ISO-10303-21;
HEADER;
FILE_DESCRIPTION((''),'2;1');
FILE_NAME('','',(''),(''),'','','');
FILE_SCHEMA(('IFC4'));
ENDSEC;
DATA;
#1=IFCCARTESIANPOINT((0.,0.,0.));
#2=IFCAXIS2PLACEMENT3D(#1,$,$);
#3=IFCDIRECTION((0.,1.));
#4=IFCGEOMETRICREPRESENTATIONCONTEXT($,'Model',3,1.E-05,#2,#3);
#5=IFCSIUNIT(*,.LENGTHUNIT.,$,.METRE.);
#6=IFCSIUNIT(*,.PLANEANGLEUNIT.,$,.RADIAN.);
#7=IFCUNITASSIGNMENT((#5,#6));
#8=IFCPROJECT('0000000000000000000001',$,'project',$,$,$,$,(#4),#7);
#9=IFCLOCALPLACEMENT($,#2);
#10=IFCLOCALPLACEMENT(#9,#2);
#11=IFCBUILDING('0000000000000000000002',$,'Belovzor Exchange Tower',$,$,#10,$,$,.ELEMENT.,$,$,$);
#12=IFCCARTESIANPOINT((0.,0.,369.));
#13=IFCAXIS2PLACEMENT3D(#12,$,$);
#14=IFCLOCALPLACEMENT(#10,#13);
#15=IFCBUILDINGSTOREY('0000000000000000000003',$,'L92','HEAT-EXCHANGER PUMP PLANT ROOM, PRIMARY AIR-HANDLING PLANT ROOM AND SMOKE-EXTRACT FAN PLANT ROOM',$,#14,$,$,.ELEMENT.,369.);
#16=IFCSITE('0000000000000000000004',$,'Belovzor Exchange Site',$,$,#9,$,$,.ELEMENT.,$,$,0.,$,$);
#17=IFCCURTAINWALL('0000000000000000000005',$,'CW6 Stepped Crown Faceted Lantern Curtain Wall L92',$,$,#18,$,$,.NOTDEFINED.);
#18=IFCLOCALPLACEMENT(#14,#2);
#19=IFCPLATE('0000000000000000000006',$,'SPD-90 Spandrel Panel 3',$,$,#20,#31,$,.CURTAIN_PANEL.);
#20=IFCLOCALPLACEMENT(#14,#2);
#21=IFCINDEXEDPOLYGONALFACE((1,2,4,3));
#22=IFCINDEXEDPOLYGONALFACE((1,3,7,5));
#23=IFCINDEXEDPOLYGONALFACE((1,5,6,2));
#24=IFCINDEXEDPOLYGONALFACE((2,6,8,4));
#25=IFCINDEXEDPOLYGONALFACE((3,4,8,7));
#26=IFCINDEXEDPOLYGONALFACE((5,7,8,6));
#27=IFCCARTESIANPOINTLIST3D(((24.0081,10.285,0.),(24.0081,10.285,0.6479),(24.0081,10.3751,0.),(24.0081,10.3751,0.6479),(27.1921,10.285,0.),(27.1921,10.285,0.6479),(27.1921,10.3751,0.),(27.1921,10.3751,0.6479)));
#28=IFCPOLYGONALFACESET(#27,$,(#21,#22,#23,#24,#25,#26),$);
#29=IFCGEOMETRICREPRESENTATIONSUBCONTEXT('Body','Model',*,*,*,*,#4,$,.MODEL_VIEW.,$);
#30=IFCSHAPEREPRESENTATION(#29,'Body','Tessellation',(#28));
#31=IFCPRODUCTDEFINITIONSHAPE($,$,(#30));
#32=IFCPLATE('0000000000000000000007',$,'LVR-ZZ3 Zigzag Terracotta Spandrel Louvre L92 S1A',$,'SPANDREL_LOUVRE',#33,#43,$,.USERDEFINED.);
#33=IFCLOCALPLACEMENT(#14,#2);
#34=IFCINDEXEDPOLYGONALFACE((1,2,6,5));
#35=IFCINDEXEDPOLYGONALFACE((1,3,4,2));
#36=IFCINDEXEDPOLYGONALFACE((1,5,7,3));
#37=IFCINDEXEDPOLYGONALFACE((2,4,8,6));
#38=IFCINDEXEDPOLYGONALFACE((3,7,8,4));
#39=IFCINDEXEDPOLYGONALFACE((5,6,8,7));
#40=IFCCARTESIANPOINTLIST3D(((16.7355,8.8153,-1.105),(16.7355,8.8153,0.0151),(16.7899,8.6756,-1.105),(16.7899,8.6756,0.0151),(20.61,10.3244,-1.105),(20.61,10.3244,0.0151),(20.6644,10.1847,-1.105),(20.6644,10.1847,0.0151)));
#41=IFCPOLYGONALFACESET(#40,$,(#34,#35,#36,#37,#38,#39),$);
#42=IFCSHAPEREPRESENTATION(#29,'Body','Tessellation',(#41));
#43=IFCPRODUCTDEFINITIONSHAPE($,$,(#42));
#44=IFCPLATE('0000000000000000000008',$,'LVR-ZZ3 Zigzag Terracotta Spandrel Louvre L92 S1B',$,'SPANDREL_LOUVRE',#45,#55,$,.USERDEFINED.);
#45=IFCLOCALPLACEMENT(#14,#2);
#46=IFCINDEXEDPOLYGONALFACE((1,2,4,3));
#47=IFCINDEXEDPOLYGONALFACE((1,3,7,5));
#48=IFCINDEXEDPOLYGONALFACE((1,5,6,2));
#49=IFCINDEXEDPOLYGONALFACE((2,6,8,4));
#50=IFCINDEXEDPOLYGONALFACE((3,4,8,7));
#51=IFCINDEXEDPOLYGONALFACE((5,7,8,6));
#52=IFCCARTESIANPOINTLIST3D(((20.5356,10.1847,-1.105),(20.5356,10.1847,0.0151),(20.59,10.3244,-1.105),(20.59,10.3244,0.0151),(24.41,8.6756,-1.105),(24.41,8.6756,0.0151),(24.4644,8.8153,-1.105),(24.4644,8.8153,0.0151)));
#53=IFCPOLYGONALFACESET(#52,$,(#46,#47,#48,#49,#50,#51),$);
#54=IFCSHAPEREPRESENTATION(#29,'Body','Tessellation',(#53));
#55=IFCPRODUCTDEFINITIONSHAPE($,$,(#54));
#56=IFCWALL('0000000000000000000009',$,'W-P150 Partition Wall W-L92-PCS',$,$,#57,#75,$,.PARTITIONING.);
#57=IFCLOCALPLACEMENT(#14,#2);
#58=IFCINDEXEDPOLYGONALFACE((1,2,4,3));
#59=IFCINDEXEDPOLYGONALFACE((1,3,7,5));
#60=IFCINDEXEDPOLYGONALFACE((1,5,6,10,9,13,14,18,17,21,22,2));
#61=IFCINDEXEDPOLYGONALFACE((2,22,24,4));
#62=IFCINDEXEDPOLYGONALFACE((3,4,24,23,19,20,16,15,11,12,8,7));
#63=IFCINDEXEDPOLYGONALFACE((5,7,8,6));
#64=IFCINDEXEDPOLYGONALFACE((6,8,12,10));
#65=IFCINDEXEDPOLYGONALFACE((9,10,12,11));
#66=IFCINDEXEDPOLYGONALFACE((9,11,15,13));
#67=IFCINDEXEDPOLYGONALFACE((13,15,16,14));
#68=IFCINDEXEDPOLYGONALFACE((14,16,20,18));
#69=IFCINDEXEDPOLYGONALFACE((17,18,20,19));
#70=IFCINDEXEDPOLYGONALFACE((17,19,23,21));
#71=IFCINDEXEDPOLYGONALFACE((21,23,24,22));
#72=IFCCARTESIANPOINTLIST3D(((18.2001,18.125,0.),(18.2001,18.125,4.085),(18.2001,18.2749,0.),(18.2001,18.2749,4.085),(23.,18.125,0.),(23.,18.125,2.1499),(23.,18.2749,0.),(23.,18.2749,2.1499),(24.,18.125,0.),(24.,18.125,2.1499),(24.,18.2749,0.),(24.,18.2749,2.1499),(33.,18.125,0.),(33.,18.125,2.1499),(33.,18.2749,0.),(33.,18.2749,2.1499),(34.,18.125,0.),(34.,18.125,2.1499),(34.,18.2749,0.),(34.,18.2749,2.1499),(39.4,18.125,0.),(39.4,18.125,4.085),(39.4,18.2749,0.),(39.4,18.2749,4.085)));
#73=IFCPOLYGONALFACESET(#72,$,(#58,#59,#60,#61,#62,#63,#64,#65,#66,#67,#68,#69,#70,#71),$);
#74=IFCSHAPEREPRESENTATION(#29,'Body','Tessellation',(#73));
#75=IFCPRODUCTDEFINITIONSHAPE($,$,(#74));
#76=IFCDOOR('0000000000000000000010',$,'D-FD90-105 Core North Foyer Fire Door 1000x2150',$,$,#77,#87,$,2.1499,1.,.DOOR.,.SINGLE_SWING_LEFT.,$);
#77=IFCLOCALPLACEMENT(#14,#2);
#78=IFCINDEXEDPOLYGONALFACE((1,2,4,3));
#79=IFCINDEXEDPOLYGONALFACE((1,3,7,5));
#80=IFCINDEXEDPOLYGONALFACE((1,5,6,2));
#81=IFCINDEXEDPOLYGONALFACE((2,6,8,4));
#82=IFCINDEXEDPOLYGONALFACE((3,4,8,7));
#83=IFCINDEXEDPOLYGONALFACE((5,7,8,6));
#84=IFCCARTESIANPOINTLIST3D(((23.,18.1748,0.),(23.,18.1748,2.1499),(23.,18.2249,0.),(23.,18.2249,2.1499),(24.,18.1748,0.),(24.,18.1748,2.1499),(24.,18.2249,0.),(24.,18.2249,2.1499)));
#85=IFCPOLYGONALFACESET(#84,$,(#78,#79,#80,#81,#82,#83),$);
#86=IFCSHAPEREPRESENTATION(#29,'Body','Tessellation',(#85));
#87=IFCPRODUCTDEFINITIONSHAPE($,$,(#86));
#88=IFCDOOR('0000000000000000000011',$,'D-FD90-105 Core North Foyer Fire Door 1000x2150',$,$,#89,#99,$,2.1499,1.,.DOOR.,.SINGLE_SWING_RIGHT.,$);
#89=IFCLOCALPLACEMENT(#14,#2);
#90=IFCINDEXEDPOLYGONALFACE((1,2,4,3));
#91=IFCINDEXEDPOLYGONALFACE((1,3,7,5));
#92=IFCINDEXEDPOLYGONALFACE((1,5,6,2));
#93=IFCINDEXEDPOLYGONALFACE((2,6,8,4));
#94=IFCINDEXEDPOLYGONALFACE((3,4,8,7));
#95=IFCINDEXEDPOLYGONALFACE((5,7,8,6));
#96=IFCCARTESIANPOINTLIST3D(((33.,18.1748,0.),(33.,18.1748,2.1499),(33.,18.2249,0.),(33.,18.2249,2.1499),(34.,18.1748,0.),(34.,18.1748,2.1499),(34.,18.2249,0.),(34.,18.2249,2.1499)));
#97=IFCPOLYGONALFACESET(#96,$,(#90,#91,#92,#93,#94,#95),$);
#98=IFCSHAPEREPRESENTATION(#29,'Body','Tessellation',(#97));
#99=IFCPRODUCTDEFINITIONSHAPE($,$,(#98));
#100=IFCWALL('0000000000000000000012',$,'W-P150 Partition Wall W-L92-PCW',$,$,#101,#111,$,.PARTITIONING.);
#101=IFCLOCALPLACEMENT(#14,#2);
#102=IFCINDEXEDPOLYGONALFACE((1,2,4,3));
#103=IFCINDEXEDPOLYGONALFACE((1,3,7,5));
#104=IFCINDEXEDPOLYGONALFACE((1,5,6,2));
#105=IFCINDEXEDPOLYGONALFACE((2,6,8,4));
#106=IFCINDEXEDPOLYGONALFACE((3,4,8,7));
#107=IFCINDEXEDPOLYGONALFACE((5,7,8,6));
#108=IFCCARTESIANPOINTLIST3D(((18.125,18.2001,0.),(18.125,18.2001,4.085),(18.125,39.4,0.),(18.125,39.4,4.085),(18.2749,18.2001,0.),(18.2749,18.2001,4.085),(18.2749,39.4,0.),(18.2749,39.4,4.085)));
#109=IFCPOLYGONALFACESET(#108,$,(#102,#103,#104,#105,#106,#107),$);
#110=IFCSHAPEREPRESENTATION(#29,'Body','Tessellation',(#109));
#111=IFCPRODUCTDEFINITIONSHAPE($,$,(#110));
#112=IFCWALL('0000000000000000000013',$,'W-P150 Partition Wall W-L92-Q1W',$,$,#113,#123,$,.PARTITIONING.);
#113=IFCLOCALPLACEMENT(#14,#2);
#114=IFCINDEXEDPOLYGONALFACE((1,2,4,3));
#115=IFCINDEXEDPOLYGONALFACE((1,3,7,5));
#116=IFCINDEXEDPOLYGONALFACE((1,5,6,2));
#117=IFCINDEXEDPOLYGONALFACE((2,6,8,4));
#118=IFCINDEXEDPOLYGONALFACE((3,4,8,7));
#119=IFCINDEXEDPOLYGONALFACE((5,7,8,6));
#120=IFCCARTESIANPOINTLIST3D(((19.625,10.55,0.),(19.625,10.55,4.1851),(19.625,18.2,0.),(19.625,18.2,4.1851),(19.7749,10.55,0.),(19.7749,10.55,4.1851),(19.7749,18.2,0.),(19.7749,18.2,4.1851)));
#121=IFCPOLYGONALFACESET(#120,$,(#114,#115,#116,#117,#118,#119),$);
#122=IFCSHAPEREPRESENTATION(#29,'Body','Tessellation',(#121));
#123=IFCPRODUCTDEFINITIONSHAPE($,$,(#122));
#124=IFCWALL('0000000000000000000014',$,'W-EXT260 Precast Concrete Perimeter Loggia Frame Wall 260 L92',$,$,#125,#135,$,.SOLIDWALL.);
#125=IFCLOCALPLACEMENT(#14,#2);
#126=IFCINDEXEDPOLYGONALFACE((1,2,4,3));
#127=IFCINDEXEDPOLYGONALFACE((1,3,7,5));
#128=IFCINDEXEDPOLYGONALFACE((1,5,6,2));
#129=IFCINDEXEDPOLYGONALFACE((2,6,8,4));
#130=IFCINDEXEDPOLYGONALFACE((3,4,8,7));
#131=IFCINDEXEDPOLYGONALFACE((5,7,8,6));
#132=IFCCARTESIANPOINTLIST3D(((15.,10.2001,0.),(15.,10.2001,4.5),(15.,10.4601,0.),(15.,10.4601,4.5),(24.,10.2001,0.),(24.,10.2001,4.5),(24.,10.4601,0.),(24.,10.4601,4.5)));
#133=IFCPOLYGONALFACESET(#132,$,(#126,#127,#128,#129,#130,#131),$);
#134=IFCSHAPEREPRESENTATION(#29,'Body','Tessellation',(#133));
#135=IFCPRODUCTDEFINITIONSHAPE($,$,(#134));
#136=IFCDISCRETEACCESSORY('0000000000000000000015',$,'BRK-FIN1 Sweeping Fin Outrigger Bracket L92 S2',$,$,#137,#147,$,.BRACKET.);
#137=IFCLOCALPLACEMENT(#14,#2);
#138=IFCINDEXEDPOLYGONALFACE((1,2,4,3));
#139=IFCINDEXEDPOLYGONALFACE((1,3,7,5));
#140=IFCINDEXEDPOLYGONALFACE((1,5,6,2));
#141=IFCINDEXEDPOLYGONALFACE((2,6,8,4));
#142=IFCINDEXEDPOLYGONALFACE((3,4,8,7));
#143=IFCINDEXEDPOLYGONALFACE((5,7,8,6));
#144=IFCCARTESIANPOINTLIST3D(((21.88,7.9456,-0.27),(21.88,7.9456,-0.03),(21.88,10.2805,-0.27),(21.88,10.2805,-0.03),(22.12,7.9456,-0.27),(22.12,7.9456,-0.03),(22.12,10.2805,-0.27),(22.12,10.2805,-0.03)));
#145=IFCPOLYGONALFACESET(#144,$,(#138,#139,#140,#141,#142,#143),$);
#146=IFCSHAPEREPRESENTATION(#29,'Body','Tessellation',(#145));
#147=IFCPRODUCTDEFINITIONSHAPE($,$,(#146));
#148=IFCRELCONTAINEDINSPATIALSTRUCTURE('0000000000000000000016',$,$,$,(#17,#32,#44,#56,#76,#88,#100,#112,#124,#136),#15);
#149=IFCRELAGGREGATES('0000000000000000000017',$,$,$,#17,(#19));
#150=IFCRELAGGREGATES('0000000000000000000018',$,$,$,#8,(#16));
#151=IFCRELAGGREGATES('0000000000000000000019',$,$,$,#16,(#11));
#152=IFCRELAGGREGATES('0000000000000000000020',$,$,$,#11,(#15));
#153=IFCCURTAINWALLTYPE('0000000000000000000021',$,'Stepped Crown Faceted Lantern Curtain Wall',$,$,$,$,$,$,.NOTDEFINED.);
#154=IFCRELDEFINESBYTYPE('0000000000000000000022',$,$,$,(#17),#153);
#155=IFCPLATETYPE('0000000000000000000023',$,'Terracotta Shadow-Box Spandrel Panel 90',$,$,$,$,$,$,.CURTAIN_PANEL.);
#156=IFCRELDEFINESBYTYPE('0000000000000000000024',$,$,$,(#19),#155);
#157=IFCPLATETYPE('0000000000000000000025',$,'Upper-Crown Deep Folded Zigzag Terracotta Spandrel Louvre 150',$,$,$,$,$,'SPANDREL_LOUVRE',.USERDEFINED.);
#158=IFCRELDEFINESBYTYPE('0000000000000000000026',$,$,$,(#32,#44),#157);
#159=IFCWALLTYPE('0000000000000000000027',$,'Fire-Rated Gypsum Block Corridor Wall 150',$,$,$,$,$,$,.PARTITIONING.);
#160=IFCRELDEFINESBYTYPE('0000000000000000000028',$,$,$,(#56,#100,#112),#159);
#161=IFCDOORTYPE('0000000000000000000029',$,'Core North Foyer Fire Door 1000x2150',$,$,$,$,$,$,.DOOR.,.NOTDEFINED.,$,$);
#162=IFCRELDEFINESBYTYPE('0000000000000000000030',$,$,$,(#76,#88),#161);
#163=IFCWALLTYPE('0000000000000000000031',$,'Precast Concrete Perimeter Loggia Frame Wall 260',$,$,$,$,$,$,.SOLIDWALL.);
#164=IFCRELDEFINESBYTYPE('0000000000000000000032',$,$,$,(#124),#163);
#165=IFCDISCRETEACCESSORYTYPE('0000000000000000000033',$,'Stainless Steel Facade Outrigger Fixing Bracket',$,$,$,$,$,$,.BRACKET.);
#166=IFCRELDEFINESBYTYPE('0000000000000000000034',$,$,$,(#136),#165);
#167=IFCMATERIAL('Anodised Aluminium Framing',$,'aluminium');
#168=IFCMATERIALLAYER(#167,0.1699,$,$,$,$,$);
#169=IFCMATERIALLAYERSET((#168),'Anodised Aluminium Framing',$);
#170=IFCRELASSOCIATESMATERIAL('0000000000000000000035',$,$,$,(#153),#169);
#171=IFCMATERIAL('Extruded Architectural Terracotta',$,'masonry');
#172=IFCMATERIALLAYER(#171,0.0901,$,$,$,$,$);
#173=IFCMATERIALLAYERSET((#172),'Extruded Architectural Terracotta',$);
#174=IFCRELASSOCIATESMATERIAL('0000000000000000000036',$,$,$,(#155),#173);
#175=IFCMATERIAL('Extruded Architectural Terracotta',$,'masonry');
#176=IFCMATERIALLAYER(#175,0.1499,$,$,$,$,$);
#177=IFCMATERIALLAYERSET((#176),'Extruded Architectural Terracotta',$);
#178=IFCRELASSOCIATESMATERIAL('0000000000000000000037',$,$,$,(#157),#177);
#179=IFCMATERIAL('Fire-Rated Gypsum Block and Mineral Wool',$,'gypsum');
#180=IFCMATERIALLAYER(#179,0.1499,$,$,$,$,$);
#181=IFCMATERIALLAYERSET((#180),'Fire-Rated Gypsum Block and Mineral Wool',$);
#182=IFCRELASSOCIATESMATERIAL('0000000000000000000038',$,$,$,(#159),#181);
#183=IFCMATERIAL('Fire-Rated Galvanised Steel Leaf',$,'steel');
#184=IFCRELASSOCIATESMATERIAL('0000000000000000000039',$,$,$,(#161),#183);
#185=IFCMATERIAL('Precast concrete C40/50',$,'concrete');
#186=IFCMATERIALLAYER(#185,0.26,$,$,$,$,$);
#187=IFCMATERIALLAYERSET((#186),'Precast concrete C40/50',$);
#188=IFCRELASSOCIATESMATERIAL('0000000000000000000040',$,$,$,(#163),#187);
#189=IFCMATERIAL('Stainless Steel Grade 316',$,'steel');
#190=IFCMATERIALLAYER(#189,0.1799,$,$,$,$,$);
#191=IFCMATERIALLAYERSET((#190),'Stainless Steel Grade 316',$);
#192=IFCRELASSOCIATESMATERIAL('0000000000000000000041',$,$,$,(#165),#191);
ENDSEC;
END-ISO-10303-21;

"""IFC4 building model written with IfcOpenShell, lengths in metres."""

from ifc_helpers import new_model, si_unit, direction, frame, frame_2d, origin, origin_2d, place, context, subcontext, project, spatial, rectangle, extrude, material, layer, layer_set, type_object, element, fill, aggregate, save


model = new_model("IFC4")

# Units and contexts
model_context = context("Model", 3, precision=1e-05, world=origin(), true_north=direction((0.0, 1.0)))
body_context = subcontext(model_context, "Body", "Model", "MODEL_VIEW")
ifc_project = project(units=[si_unit("LENGTHUNIT", "METRE"), si_unit("PLANEANGLEUNIT", "RADIAN")], contexts=[model_context])

# Site, building, storey
site_placement = place(None, origin())
site = spatial("IfcSite", under=ifc_project, at=site_placement, Name="Belovzor Exchange Site", CompositionType="ELEMENT", RefElevation=0.0)
building_placement = place(site_placement, origin())
building = spatial("IfcBuilding", under=site, at=building_placement, Name="Belovzor Exchange Tower", CompositionType="ELEMENT")
storey_placement = place(building_placement, frame((0.0, 0.0, 369.0)))
storey = spatial("IfcBuildingStorey", under=building, at=storey_placement, Name="L92", Description="HEAT-EXCHANGER PUMP PLANT ROOM, PRIMARY AIR-HANDLING PLANT ROOM AND SMOKE-EXTRACT FAN PLANT ROOM", CompositionType="ELEMENT", Elevation=369.0)

# Curtain wall
ifc_material_1 = material(Name="Anodised Aluminium Framing", Category="aluminium")
ifc_layer_1 = layer(ifc_material_1, 0.1699)
ifc_layer_set_1 = layer_set([ifc_layer_1], Name="Anodised Aluminium Framing")
curtain_wall_type = type_object("IfcCurtainWallType", Name="Stepped Crown Faceted Lantern Curtain Wall", PredefinedType="NOTDEFINED", material=ifc_layer_set_1)
curtain_wall_placement = place(storey_placement, origin())
curtain_wall = element("IfcCurtainWall", 1, at=curtain_wall_placement, inside=storey, type_object=curtain_wall_type, Name="CW6 Stepped Crown Faceted Lantern Curtain Wall L92", PredefinedType="NOTDEFINED")

# Plate
ifc_material_2 = material(Name="Extruded Architectural Terracotta", Category="masonry")
ifc_layer_2 = layer(ifc_material_2, 0.0901)
ifc_layer_set_2 = layer_set([ifc_layer_2], Name="Extruded Architectural Terracotta")
plate_type_1 = type_object("IfcPlateType", Name="Terracotta Shadow-Box Spandrel Panel 90", PredefinedType="CURTAIN_PANEL", material=ifc_layer_set_2)
plate_1_placement = place(storey_placement, frame((25.6001, 10.3301, 0.0), z_axis=(0.0, 0.0, 1.0), x_axis=(-1.0, 0.0, 0.0)))
plate_1 = element("IfcPlate", 2, at=plate_1_placement, type_object=plate_type_1, Name="SPD-90 Spandrel Panel 3", PredefinedType="CURTAIN_PANEL", context=body_context, shape_type="SweptSolid", body=[
    extrude(rectangle(XDim=3.1841, YDim=0.0901, at=origin_2d()), origin(), (0.0, 0.0, 1.0), 0.6479),
])
aggregate(curtain_wall, [plate_1])

# Plates
ifc_material_3 = material(Name="Extruded Architectural Terracotta", Category="masonry")
ifc_layer_3 = layer(ifc_material_3, 0.1499)
ifc_layer_set_3 = layer_set([ifc_layer_3], Name="Extruded Architectural Terracotta")
plate_type_2 = type_object("IfcPlateType", Name="Upper-Crown Deep Folded Zigzag Terracotta Spandrel Louvre 150", ElementType="SPANDREL_LOUVRE", PredefinedType="USERDEFINED", material=ifc_layer_set_3)
for number, where, z_axis, x_axis, name in (
    (3, (18.7, 9.5, -1.105), (0.0, 0.0, 1.0), (0.931818, 0.362926, 0.0), "LVR-ZZ3 Zigzag Terracotta Spandrel Louvre L92 S1A"),
    (4, (22.5, 9.5, -1.105), (0.0, 0.0, 1.0), (0.931818, -0.362926, 0.0), "LVR-ZZ3 Zigzag Terracotta Spandrel Louvre L92 S1B"),
):
    element("IfcPlate", number, at=place(storey_placement, frame(where, z_axis=z_axis, x_axis=x_axis)), inside=storey, type_object=plate_type_2, Name=name, ObjectType="SPANDREL_LOUVRE", PredefinedType="USERDEFINED", context=body_context, shape_type="SweptSolid", body=[
        extrude(rectangle(XDim=4.158, YDim=0.1499, at=origin_2d()), origin(), (0.0, 0.0, 1.0), 1.1201),
    ])

# Wall, openings, doors
ifc_material_4 = material(Name="Fire-Rated Gypsum Block and Mineral Wool", Category="gypsum")
ifc_layer_4 = layer(ifc_material_4, 0.1499)
ifc_layer_set_4 = layer_set([ifc_layer_4], Name="Fire-Rated Gypsum Block and Mineral Wool")
wall_type_1 = type_object("IfcWallType", Name="Fire-Rated Gypsum Block Corridor Wall 150", PredefinedType="PARTITIONING", material=ifc_layer_set_4)
wall_1_placement = place(storey_placement, frame((18.2, 18.2, 0.0), z_axis=(0.0, 0.0, 1.0), x_axis=(1.0, 0.0, 0.0)))
wall_1 = element("IfcWall", 5, at=wall_1_placement, inside=storey, type_object=wall_type_1, Name="W-P150 Partition Wall W-L92-PCS", PredefinedType="PARTITIONING", context=body_context, shape_type="SweptSolid", body=[
    extrude(rectangle(XDim=21.2, YDim=0.1499, at=frame_2d((10.6001, 0.0))), origin(), (0.0, 0.0, 1.0), 4.085),
])
opening_1_placement = place(wall_1_placement, frame((4.8, 0.0, 0.0)))
opening_1 = element("IfcOpeningElement", 6, at=opening_1_placement, cuts=wall_1, PredefinedType="OPENING", context=body_context, shape_type="SweptSolid", body=[
    extrude(rectangle(XDim=1.0, YDim=2.1499, at=frame_2d((0.5, 1.075))), frame((0.0, 0.085, 0.0), z_axis=(0.0, -1.0, 0.0), x_axis=(1.0, 0.0, 0.0)), (0.0, 0.0, 1.0), 0.1699),
])
opening_2_placement = place(wall_1_placement, frame((14.8, 0.0, 0.0)))
opening_2 = element("IfcOpeningElement", 7, at=opening_2_placement, cuts=wall_1, PredefinedType="OPENING", context=body_context, shape_type="SweptSolid", body=[
    extrude(rectangle(XDim=1.0, YDim=2.1499, at=frame_2d((0.5, 1.075))), frame((0.0, 0.085, 0.0), z_axis=(0.0, -1.0, 0.0), x_axis=(1.0, 0.0, 0.0)), (0.0, 0.0, 1.0), 0.1699),
])
ifc_material_5 = material(Name="Fire-Rated Galvanised Steel Leaf", Category="steel")
door_type = type_object("IfcDoorType", Name="Core North Foyer Fire Door 1000x2150", OperationType="NOTDEFINED", PredefinedType="DOOR", material=ifc_material_5)
door_1_placement = place(opening_1_placement, origin())
door_1 = element("IfcDoor", 8, at=door_1_placement, inside=storey, type_object=door_type, Name="D-FD90-105 Core North Foyer Fire Door 1000x2150", OperationType="SINGLE_SWING_LEFT", OverallHeight=2.1499, OverallWidth=1.0, PredefinedType="DOOR", context=body_context, shape_type="SweptSolid", body=[
    extrude(rectangle(XDim=1.0, YDim=2.1499, at=frame_2d((0.5, 1.075))), frame((0.0, 0.0249, 0.0), z_axis=(0.0, -1.0, 0.0), x_axis=(1.0, 0.0, 0.0)), (0.0, 0.0, 1.0), 0.05),
])
fill(opening_1, door_1)
door_2_placement = place(opening_2_placement, origin())
door_2 = element("IfcDoor", 9, at=door_2_placement, inside=storey, type_object=door_type, Name="D-FD90-105 Core North Foyer Fire Door 1000x2150", OperationType="SINGLE_SWING_RIGHT", OverallHeight=2.1499, OverallWidth=1.0, PredefinedType="DOOR", context=body_context, shape_type="SweptSolid", body=[
    extrude(rectangle(XDim=1.0, YDim=2.1499, at=frame_2d((0.5, 1.075))), frame((0.0, 0.0249, 0.0), z_axis=(0.0, -1.0, 0.0), x_axis=(1.0, 0.0, 0.0)), (0.0, 0.0, 1.0), 0.05),
])
fill(opening_2, door_2)

# Walls
wall_2_placement = place(storey_placement, frame((18.2, 18.2, 0.0), z_axis=(0.0, 0.0, 1.0), x_axis=(0.0, 1.0, 0.0)))
element("IfcWall", 10, at=wall_2_placement, inside=storey, type_object=wall_type_1, Name="W-P150 Partition Wall W-L92-PCW", PredefinedType="PARTITIONING", context=body_context, shape_type="SweptSolid", body=[
    extrude(rectangle(XDim=21.2, YDim=0.1499, at=frame_2d((10.6001, 0.0))), origin(), (0.0, 0.0, 1.0), 4.085),
])
wall_3_placement = place(storey_placement, frame((19.7, 10.55, 0.0), z_axis=(0.0, 0.0, 1.0), x_axis=(0.0, 1.0, 0.0)))
element("IfcWall", 11, at=wall_3_placement, inside=storey, type_object=wall_type_1, Name="W-P150 Partition Wall W-L92-Q1W", PredefinedType="PARTITIONING", context=body_context, shape_type="SweptSolid", body=[
    extrude(rectangle(XDim=7.6499, YDim=0.1499, at=frame_2d((3.825, 0.0))), origin(), (0.0, 0.0, 1.0), 4.1851),
])
ifc_material_6 = material(Name="Precast concrete C40/50", Category="concrete")
ifc_layer_5 = layer(ifc_material_6, 0.26)
ifc_layer_set_5 = layer_set([ifc_layer_5], Name="Precast concrete C40/50")
wall_type_2 = type_object("IfcWallType", Name="Precast Concrete Perimeter Loggia Frame Wall 260", PredefinedType="SOLIDWALL", material=ifc_layer_set_5)
wall_4_placement = place(storey_placement, frame((24.0, 10.3301, 0.0), z_axis=(0.0, 0.0, 1.0), x_axis=(-1.0, 0.0, 0.0)))
element("IfcWall", 12, at=wall_4_placement, inside=storey, type_object=wall_type_2, Name="W-EXT260 Precast Concrete Perimeter Loggia Frame Wall 260 L92", PredefinedType="SOLIDWALL", context=body_context, shape_type="SweptSolid", body=[
    extrude(rectangle(XDim=9.0, YDim=0.26, at=frame_2d((4.5, 0.0))), origin(), (0.0, 0.0, 1.0), 4.5),
])

# Discrete accessory
ifc_material_7 = material(Name="Stainless Steel Grade 316", Category="steel")
ifc_layer_6 = layer(ifc_material_7, 0.1799)
ifc_layer_set_6 = layer_set([ifc_layer_6], Name="Stainless Steel Grade 316")
discrete_accessory_type = type_object("IfcDiscreteAccessoryType", Name="Stainless Steel Facade Outrigger Fixing Bracket", PredefinedType="BRACKET", material=ifc_layer_set_6)
discrete_accessory_placement = place(storey_placement, frame((22.0, 9.113, -0.27), z_axis=(0.0, 0.0, 1.0), x_axis=(0.0, 1.0, 0.0)))
element("IfcDiscreteAccessory", 13, at=discrete_accessory_placement, inside=storey, type_object=discrete_accessory_type, Name="BRK-FIN1 Sweeping Fin Outrigger Bracket L92 S2", PredefinedType="BRACKET", context=body_context, shape_type="SweptSolid", body=[
    extrude(rectangle(XDim=2.335, YDim=0.24, at=origin_2d()), origin(), (0.0, 0.0, 1.0), 0.24),
])

save(model, "model.ifc")
